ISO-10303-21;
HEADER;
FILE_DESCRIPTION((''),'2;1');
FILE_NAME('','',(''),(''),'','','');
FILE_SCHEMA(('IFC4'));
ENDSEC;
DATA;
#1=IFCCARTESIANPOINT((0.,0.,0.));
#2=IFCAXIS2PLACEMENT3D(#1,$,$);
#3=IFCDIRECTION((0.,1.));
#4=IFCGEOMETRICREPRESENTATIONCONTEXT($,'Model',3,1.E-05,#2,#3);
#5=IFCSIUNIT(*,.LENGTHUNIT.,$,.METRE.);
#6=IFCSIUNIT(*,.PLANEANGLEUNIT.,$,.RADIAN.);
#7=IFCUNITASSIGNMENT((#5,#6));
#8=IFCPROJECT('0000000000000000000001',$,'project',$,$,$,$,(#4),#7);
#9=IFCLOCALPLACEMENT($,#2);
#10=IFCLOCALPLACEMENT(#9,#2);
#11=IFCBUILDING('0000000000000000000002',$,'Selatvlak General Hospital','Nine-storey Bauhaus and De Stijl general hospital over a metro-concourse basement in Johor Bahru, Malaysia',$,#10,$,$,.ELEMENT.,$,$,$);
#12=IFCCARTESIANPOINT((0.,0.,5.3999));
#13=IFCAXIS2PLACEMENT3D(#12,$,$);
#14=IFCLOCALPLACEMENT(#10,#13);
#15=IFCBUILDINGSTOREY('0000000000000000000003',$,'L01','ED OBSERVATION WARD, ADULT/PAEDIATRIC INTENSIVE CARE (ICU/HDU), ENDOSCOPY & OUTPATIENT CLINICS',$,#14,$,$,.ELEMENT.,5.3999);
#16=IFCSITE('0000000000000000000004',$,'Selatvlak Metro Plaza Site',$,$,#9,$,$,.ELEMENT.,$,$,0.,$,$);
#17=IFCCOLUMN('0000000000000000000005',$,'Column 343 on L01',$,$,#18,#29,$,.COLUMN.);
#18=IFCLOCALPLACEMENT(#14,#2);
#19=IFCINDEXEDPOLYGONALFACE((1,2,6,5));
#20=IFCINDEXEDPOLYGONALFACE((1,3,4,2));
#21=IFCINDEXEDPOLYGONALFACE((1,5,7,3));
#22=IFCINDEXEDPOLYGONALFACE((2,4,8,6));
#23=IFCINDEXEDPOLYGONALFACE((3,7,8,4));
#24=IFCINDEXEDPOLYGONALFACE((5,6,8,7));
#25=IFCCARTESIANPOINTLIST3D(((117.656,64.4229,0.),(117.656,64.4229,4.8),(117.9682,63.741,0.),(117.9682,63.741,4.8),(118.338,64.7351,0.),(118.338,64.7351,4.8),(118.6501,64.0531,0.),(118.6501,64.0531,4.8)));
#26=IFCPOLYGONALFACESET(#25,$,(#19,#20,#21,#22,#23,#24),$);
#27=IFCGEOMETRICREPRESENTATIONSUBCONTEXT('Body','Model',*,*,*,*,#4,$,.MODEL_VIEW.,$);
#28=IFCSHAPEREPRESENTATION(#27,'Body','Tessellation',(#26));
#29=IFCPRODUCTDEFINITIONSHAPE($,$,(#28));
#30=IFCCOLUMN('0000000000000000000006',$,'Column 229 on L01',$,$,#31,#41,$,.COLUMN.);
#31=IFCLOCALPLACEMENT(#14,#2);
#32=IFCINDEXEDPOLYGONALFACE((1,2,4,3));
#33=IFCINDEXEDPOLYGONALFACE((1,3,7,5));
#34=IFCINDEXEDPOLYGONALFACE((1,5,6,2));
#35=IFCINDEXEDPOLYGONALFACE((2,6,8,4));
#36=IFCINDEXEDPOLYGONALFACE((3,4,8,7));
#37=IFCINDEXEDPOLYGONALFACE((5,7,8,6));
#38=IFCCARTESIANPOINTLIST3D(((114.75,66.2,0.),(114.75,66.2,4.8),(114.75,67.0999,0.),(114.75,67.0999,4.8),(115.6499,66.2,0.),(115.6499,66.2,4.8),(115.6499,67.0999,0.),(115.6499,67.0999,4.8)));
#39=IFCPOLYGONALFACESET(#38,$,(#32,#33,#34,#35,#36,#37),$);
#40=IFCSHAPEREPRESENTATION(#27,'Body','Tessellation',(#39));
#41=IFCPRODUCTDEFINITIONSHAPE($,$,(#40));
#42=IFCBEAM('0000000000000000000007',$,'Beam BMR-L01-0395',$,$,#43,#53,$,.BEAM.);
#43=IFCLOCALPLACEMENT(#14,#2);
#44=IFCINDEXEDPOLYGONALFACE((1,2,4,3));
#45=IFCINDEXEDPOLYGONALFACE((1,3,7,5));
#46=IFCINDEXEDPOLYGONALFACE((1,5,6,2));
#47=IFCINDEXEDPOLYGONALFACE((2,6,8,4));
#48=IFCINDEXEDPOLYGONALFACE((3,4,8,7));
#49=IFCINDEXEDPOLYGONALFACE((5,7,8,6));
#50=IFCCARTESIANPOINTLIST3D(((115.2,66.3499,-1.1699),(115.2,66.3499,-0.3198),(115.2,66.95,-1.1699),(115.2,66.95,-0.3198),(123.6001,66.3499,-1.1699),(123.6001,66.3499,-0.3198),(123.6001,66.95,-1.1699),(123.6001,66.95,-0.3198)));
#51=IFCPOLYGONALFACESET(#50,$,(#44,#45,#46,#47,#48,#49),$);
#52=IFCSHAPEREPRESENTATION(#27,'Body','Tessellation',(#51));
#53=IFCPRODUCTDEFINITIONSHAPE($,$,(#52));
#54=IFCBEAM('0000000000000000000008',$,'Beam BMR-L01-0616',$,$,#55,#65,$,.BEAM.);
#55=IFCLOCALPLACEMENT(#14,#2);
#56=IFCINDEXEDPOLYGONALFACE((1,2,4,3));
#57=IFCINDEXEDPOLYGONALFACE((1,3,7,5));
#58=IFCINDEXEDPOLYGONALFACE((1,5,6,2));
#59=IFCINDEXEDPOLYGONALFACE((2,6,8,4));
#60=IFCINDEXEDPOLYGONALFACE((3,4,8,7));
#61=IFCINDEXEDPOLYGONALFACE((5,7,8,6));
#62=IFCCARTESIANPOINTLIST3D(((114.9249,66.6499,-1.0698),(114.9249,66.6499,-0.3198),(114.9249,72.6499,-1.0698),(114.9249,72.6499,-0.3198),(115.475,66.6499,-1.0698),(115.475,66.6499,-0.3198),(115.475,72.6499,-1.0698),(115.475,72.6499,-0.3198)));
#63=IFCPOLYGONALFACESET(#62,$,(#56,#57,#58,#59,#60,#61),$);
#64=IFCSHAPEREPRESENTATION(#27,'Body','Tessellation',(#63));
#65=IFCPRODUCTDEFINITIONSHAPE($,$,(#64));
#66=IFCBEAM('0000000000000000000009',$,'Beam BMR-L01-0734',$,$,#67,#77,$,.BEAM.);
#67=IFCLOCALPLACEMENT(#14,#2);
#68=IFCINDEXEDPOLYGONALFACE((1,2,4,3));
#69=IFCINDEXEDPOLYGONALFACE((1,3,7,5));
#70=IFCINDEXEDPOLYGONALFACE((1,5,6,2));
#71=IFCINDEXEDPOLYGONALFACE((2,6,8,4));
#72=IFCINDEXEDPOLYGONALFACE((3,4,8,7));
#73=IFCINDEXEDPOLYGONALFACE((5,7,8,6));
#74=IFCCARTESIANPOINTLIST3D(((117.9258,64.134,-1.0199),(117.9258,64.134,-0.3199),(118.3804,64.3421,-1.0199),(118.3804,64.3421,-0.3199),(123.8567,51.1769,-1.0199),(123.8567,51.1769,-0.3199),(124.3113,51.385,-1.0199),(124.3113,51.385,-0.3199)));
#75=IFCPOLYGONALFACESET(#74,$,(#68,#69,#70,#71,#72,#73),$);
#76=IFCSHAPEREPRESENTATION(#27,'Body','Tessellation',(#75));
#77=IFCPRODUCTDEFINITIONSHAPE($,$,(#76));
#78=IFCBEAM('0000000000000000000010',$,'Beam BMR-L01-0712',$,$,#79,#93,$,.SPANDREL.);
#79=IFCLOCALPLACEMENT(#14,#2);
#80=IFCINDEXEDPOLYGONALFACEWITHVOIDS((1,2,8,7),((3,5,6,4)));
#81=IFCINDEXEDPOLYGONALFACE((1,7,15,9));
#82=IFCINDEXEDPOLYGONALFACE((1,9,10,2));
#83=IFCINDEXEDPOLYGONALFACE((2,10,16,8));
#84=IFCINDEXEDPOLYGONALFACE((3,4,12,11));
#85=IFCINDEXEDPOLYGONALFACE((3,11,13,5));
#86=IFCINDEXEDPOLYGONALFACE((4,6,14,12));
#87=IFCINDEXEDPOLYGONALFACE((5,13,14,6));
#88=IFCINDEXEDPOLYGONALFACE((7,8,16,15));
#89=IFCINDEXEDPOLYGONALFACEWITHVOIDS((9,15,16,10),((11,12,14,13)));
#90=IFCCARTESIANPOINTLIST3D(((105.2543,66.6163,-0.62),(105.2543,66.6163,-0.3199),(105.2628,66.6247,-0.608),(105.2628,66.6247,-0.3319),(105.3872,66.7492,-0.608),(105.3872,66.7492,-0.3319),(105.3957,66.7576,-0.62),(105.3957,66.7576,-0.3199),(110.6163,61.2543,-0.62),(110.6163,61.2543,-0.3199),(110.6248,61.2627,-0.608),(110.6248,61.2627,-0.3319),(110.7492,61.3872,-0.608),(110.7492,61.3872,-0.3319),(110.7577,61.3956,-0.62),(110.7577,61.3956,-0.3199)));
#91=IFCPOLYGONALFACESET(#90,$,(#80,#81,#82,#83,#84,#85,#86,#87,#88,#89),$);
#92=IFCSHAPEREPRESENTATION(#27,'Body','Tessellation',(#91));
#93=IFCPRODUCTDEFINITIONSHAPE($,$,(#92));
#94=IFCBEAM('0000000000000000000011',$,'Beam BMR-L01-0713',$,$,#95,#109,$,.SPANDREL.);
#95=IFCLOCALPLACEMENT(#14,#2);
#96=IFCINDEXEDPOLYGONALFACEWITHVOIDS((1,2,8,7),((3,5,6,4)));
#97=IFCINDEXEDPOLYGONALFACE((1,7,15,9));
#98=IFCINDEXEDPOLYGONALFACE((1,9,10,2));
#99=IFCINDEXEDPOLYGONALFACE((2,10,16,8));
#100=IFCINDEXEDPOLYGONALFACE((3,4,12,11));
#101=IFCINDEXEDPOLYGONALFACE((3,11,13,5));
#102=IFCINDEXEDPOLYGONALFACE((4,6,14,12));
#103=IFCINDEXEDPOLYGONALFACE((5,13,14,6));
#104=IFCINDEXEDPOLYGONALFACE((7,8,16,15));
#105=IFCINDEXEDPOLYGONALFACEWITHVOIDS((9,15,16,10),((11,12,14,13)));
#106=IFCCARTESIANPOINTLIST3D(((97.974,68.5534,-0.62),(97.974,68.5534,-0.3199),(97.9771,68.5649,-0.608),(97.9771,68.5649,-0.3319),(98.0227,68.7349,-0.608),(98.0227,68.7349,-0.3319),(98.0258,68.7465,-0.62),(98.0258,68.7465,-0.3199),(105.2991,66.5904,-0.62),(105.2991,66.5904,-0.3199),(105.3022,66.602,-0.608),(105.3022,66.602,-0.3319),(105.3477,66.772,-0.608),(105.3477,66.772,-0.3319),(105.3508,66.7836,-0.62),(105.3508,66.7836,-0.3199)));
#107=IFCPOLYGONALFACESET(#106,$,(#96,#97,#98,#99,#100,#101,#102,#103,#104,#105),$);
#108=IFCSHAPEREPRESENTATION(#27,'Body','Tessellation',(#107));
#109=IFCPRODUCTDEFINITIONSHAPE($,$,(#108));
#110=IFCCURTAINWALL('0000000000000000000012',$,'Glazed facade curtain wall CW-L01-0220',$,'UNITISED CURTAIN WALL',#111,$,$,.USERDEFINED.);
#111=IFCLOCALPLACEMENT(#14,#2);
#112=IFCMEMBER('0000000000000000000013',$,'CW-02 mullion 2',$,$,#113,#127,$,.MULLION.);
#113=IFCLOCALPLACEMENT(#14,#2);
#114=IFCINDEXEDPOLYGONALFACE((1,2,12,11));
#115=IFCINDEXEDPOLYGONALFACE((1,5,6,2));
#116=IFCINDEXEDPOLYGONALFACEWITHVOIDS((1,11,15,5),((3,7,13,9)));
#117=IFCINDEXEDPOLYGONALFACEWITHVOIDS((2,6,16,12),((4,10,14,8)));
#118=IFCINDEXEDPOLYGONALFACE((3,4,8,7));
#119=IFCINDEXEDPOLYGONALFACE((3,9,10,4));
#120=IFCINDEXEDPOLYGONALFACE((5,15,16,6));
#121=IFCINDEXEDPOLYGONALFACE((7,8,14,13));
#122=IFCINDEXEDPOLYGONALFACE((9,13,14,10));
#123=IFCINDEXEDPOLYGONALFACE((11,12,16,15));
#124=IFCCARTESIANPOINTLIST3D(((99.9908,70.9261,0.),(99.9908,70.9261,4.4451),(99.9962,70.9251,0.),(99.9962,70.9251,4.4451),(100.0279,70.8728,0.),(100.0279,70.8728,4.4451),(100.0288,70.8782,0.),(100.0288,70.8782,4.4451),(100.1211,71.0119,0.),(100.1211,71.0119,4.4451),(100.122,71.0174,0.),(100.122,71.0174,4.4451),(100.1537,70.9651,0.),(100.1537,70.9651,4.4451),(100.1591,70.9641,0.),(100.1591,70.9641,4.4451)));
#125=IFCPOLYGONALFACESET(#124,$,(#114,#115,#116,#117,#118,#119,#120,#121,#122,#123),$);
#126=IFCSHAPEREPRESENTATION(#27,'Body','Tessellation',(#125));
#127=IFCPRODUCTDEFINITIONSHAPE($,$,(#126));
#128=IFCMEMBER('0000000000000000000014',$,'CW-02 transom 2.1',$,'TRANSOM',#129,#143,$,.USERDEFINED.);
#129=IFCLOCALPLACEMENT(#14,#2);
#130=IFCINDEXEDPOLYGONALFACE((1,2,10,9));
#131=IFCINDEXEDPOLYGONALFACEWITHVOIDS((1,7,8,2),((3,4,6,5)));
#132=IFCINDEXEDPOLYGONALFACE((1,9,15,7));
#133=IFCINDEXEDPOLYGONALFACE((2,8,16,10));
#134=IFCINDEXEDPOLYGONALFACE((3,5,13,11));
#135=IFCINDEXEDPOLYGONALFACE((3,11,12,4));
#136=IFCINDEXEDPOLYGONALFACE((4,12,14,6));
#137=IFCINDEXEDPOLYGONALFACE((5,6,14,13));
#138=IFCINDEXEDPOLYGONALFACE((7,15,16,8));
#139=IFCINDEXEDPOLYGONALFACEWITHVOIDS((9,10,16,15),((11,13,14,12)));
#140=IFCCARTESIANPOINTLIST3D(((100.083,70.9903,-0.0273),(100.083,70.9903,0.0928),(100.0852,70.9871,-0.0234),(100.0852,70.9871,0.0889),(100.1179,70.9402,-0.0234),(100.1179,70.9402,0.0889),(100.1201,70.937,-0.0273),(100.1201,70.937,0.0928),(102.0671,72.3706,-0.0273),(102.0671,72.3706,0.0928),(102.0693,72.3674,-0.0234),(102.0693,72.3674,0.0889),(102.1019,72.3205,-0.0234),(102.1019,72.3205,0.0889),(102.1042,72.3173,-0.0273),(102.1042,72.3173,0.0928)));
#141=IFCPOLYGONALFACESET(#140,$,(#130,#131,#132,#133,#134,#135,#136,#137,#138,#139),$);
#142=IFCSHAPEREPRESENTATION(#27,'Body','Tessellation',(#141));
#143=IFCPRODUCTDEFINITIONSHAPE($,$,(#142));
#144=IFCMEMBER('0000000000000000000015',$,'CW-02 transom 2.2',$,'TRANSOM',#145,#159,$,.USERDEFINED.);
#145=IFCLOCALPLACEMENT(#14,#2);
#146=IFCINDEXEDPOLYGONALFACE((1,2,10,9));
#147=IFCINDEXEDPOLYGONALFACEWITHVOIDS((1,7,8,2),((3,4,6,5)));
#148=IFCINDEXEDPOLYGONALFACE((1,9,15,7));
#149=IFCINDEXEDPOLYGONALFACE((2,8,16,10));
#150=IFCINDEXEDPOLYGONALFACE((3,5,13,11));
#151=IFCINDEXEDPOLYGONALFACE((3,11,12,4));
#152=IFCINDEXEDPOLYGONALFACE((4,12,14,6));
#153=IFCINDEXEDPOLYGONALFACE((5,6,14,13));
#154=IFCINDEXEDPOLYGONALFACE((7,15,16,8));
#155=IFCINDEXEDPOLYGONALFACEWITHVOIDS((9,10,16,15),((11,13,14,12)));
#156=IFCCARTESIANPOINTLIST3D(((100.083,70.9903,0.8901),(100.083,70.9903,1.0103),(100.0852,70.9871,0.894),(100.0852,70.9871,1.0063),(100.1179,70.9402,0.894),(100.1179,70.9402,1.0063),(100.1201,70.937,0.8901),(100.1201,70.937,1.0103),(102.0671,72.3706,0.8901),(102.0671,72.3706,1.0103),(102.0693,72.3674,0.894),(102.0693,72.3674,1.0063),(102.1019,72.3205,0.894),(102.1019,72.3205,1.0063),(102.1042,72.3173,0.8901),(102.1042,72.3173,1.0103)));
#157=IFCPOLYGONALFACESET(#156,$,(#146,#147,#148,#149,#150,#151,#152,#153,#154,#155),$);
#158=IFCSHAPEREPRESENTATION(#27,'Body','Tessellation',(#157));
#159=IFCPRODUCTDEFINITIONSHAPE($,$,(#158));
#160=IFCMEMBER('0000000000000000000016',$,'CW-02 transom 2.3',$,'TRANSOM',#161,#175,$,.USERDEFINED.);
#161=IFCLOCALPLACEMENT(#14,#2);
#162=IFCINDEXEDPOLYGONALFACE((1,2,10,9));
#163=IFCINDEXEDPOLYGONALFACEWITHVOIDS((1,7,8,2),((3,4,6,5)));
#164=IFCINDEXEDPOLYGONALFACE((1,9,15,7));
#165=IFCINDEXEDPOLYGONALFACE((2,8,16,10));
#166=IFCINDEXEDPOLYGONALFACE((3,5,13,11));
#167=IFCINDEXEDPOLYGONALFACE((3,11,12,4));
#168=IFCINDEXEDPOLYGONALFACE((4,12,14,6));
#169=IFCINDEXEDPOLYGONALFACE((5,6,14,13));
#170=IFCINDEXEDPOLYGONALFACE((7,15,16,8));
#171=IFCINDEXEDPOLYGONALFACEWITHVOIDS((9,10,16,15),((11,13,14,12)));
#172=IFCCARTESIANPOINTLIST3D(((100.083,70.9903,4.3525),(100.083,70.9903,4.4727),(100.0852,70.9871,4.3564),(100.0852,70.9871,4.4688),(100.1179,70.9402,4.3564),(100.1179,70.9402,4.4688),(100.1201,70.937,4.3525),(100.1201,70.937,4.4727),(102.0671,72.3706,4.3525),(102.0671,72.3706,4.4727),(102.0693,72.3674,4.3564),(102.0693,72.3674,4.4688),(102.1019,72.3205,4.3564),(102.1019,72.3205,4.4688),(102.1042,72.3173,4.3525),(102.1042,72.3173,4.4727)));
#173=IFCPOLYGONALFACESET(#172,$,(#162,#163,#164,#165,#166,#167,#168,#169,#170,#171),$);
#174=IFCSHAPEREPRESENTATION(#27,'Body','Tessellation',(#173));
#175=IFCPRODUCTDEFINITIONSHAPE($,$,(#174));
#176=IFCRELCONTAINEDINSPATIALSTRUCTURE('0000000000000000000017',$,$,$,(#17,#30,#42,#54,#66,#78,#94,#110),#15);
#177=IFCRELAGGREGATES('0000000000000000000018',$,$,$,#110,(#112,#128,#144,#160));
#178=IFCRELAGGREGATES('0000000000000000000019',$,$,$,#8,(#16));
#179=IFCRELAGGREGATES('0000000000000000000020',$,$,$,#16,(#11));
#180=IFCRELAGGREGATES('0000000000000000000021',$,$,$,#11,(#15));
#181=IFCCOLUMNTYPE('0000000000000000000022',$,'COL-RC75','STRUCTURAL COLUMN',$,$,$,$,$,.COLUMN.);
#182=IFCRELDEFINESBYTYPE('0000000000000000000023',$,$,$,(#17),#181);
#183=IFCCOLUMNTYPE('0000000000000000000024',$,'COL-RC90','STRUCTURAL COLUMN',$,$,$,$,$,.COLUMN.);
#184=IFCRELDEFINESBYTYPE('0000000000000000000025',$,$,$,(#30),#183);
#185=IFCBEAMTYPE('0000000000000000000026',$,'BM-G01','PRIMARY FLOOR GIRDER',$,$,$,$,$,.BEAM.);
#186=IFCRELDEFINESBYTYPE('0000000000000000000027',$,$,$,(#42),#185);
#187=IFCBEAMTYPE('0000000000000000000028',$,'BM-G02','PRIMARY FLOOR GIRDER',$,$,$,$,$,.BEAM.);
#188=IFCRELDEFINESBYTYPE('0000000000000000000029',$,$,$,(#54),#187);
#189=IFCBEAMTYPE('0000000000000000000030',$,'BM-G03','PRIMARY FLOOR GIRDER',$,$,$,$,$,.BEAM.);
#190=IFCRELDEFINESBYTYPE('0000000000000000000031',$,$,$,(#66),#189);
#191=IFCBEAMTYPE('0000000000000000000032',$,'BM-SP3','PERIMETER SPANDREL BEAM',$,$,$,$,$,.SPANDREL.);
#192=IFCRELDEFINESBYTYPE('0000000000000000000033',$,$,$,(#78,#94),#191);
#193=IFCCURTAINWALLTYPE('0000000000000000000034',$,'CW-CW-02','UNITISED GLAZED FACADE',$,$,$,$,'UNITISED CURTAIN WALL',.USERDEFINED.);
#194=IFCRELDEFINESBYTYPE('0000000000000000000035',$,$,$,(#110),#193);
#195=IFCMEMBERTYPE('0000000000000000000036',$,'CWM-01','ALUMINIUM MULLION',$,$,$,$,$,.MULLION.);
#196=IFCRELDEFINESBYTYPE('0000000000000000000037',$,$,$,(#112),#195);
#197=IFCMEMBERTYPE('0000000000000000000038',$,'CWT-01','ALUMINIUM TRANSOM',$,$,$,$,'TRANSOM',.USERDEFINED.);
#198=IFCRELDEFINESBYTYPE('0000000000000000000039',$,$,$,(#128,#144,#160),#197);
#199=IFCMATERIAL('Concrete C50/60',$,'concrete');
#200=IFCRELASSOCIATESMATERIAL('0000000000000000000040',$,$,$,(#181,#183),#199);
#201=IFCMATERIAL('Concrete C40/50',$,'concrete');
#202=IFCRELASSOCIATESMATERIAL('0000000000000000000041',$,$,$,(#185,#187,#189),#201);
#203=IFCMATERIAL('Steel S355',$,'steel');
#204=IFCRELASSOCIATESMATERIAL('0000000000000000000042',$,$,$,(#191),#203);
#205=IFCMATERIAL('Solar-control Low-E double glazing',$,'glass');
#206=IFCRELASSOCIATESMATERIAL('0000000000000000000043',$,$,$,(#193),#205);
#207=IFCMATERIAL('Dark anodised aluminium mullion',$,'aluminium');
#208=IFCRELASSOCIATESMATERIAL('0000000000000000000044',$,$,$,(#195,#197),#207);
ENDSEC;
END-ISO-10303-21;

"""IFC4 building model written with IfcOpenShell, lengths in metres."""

from ifc_helpers import new_model, si_unit, direction, frame, origin, origin_2d, place, context, subcontext, project, spatial, rectangle, hollow_rectangle, extrude, material, material_profile, profile_set, type_object, element, aggregate, save


model = new_model("IFC4")

# Units and contexts
model_context = context("Model", 3, precision=1e-05, world=origin(), true_north=direction((0.0, 1.0)))
body_context = subcontext(model_context, "Body", "Model", "MODEL_VIEW")
ifc_project = project(units=[si_unit("LENGTHUNIT", "METRE"), si_unit("PLANEANGLEUNIT", "RADIAN")], contexts=[model_context])

# Site, building, storey
site_placement = place(None, origin())
site = spatial("IfcSite", under=ifc_project, at=site_placement, Name="Selatvlak Metro Plaza Site", CompositionType="ELEMENT", RefElevation=0.0)
building_placement = place(site_placement, origin())
building = spatial("IfcBuilding", under=site, at=building_placement, Name="Selatvlak General Hospital", Description="Nine-storey Bauhaus and De Stijl general hospital over a metro-concourse basement in Johor Bahru, Malaysia", CompositionType="ELEMENT")
storey_placement = place(building_placement, frame((0.0, 0.0, 5.3999)))
storey = spatial("IfcBuildingStorey", under=building, at=storey_placement, Name="L01", Description="ED OBSERVATION WARD, ADULT/PAEDIATRIC INTENSIVE CARE (ICU/HDU), ENDOSCOPY & OUTPATIENT CLINICS", CompositionType="ELEMENT", Elevation=5.3999)

# Columns
ifc_material_1 = material(Name="Concrete C50/60", Category="concrete")
ifc_material_profile_1 = material_profile(ifc_material_1, rectangle(XDim=0.75, YDim=0.75, at=origin_2d()), Name="RC-COL 750x750")
ifc_profile_set_1 = profile_set([ifc_material_profile_1], Name="Concrete C50/60")
column_type_1 = type_object("IfcColumnType", Name="COL-RC75", Description="STRUCTURAL COLUMN", PredefinedType="COLUMN", material=ifc_profile_set_1)
column_1_placement = place(storey_placement, frame((118.1531, 64.238, 0.0), z_axis=(0.0, 0.0, 1.0), x_axis=(-0.416201, 0.909272, 0.0)))
element("IfcColumn", 1, at=column_1_placement, inside=storey, type_object=column_type_1, Name="Column 343 on L01", PredefinedType="COLUMN", context=body_context, shape_type="SweptSolid", body=[
    extrude(rectangle(XDim=0.75, YDim=0.75, at=origin_2d()), origin(), (0.0, 0.0, 1.0), 4.8),
])
ifc_material_profile_2 = material_profile(ifc_material_1, rectangle(XDim=0.8999, YDim=0.8999, at=origin_2d()), Name="RC-COL 900x900")
ifc_profile_set_2 = profile_set([ifc_material_profile_2], Name="Concrete C50/60")
column_type_2 = type_object("IfcColumnType", Name="COL-RC90", Description="STRUCTURAL COLUMN", PredefinedType="COLUMN", material=ifc_profile_set_2)
column_2_placement = place(storey_placement, frame((115.2, 66.6499, 0.0), z_axis=(0.0, 0.0, 1.0), x_axis=(1.0, 0.0, 0.0)))
element("IfcColumn", 2, at=column_2_placement, inside=storey, type_object=column_type_2, Name="Column 229 on L01", PredefinedType="COLUMN", context=body_context, shape_type="SweptSolid", body=[
    extrude(rectangle(XDim=0.8999, YDim=0.8999, at=origin_2d()), origin(), (0.0, 0.0, 1.0), 4.8),
])

# Beams
ifc_material_2 = material(Name="Concrete C40/50", Category="concrete")
ifc_material_profile_3 = material_profile(ifc_material_2, rectangle(XDim=0.6001, YDim=0.8501, at=origin_2d()), Name="RC-BM 600x850")
ifc_profile_set_3 = profile_set([ifc_material_profile_3], Name="Concrete C40/50")
beam_type_1 = type_object("IfcBeamType", Name="BM-G01", Description="PRIMARY FLOOR GIRDER", PredefinedType="BEAM", material=ifc_profile_set_3)
beam_1_placement = place(storey_placement, frame((115.2, 66.6499, -0.7449), z_axis=(1.0, 0.0, 0.0), x_axis=(0.0, 1.0, 0.0)))
element("IfcBeam", 3, at=beam_1_placement, inside=storey, type_object=beam_type_1, Name="Beam BMR-L01-0395", PredefinedType="BEAM", context=body_context, shape_type="SweptSolid", body=[
    extrude(rectangle(XDim=0.6001, YDim=0.8501, at=origin_2d()), origin(), (0.0, 0.0, 1.0), 8.4001),
])
ifc_material_profile_4 = material_profile(ifc_material_2, rectangle(XDim=0.55, YDim=0.75, at=origin_2d()), Name="RC-BM 550x750")
ifc_profile_set_4 = profile_set([ifc_material_profile_4], Name="Concrete C40/50")
beam_type_2 = type_object("IfcBeamType", Name="BM-G02", Description="PRIMARY FLOOR GIRDER", PredefinedType="BEAM", material=ifc_profile_set_4)
beam_2_placement = place(storey_placement, frame((115.2, 66.6499, -0.6948), z_axis=(0.0, 1.0, 0.0), x_axis=(-1.0, 0.0, 0.0)))
element("IfcBeam", 4, at=beam_2_placement, inside=storey, type_object=beam_type_2, Name="Beam BMR-L01-0616", PredefinedType="BEAM", context=body_context, shape_type="SweptSolid", body=[
    extrude(rectangle(XDim=0.55, YDim=0.75, at=origin_2d()), origin(), (0.0, 0.0, 1.0), 6.0),
])
ifc_material_profile_5 = material_profile(ifc_material_2, rectangle(XDim=0.5, YDim=0.7, at=origin_2d()), Name="RC-BM 500x700")
ifc_profile_set_5 = profile_set([ifc_material_profile_5], Name="Concrete C40/50")
beam_type_3 = type_object("IfcBeamType", Name="BM-G03", Description="PRIMARY FLOOR GIRDER", PredefinedType="BEAM", material=ifc_profile_set_5)
beam_3_placement = place(storey_placement, frame((118.1531, 64.238, -0.6699), z_axis=(0.416206, -0.90927, 0.0), x_axis=(0.90927, 0.416206, 0.0)))
element("IfcBeam", 5, at=beam_3_placement, inside=storey, type_object=beam_type_3, Name="Beam BMR-L01-0734", PredefinedType="BEAM", context=body_context, shape_type="SweptSolid", body=[
    extrude(rectangle(XDim=0.5, YDim=0.7, at=origin_2d()), origin(), (0.0, 0.0, 1.0), 14.25),
])
ifc_material_3 = material(Name="Steel S355", Category="steel")
ifc_material_profile_6 = material_profile(ifc_material_3, hollow_rectangle(XDim=0.2, YDim=0.3, WallThickness=0.012, at=origin_2d()), Name="RHS 300x200x12")
ifc_profile_set_6 = profile_set([ifc_material_profile_6], Name="Steel S355")
beam_type_4 = type_object("IfcBeamType", Name="BM-SP3", Description="PERIMETER SPANDREL BEAM", PredefinedType="SPANDREL", material=ifc_profile_set_6)
beam_4_placement = place(storey_placement, frame((110.687, 61.325, -0.47), z_axis=(-0.707107, 0.707107, 0.0), x_axis=(-0.707107, -0.707107, 0.0)))
element("IfcBeam", 6, at=beam_4_placement, inside=storey, type_object=beam_type_4, Name="Beam BMR-L01-0712", PredefinedType="SPANDREL", context=body_context, shape_type="SweptSolid", body=[
    extrude(hollow_rectangle(XDim=0.2, YDim=0.3, WallThickness=0.012, at=origin_2d()), origin(), (0.0, 0.0, 1.0), 7.583),
])
beam_5_placement = place(storey_placement, frame((105.325, 66.687, -0.47), z_axis=(-0.96592, 0.258841, 0.0), x_axis=(-0.258841, -0.96592, 0.0)))
element("IfcBeam", 7, at=beam_5_placement, inside=storey, type_object=beam_type_4, Name="Beam BMR-L01-0713", PredefinedType="SPANDREL", context=body_context, shape_type="SweptSolid", body=[
    extrude(hollow_rectangle(XDim=0.2, YDim=0.3, WallThickness=0.012, at=origin_2d()), origin(), (0.0, 0.0, 1.0), 7.5835),
])

# Curtain wall, members
ifc_material_4 = material(Name="Solar-control Low-E double glazing", Category="glass")
curtain_wall_type = type_object("IfcCurtainWallType", Name="CW-CW-02", Description="UNITISED GLAZED FACADE", ElementType="UNITISED CURTAIN WALL", PredefinedType="USERDEFINED", material=ifc_material_4)
curtain_wall_placement = place(storey_placement, origin())
curtain_wall = element("IfcCurtainWall", 8, at=curtain_wall_placement, inside=storey, type_object=curtain_wall_type, Name="Glazed facade curtain wall CW-L01-0220", ObjectType="UNITISED CURTAIN WALL", PredefinedType="USERDEFINED")
ifc_material_5 = material(Name="Dark anodised aluminium mullion", Category="aluminium")
ifc_material_profile_7 = material_profile(ifc_material_5, hollow_rectangle(XDim=0.0649, YDim=0.1599, WallThickness=0.0039, at=origin_2d()), Name="AL-MUL 65x160x4")
ifc_profile_set_7 = profile_set([ifc_material_profile_7], Name="Dark anodised aluminium mullion")
member_type_1 = type_object("IfcMemberType", Name="CWM-01", Description="ALUMINIUM MULLION", PredefinedType="MULLION", material=ifc_profile_set_7)
member_1_placement = place(storey_placement, frame((100.075, 70.9451, 0.0), z_axis=(0.0, 0.0, 1.0), x_axis=(-0.571111, 0.820873, 0.0)))
member_1 = element("IfcMember", 9, at=member_1_placement, type_object=member_type_1, Name="CW-02 mullion 2", PredefinedType="MULLION", context=body_context, shape_type="SweptSolid", body=[
    extrude(hollow_rectangle(XDim=0.0649, YDim=0.1599, WallThickness=0.0039, at=origin_2d()), origin(), (0.0, 0.0, 1.0), 4.4451),
])
ifc_material_profile_8 = material_profile(ifc_material_5, hollow_rectangle(XDim=0.0649, YDim=0.1201, WallThickness=0.0039, at=origin_2d()), Name="AL-TRN 65x120x4")
ifc_profile_set_8 = profile_set([ifc_material_profile_8], Name="Dark anodised aluminium mullion")
member_type_2 = type_object("IfcMemberType", Name="CWT-01", Description="ALUMINIUM TRANSOM", ElementType="TRANSOM", PredefinedType="USERDEFINED", material=ifc_profile_set_8)
member_2_placement = place(storey_placement, frame((100.1016, 70.9636, 0.0327), z_axis=(0.820885, 0.571094, 0.0), x_axis=(-0.571094, 0.820885, 0.0)))
member_2 = element("IfcMember", 10, at=member_2_placement, type_object=member_type_2, Name="CW-02 transom 2.1", ObjectType="TRANSOM", PredefinedType="USERDEFINED", context=body_context, shape_type="SweptSolid", body=[
    extrude(hollow_rectangle(XDim=0.0649, YDim=0.1201, WallThickness=0.0039, at=origin_2d()), origin(), (0.0, 0.0, 1.0), 2.417),
])
member_3_placement = place(storey_placement, frame((100.1016, 70.9636, 0.9502), z_axis=(0.820885, 0.571094, 0.0), x_axis=(-0.571094, 0.820885, 0.0)))
member_3 = element("IfcMember", 11, at=member_3_placement, type_object=member_type_2, Name="CW-02 transom 2.2", ObjectType="TRANSOM", PredefinedType="USERDEFINED", context=body_context, shape_type="SweptSolid", body=[
    extrude(hollow_rectangle(XDim=0.0649, YDim=0.1201, WallThickness=0.0039, at=origin_2d()), origin(), (0.0, 0.0, 1.0), 2.417),
])
member_4_placement = place(storey_placement, frame((100.1016, 70.9636, 4.4126), z_axis=(0.820885, 0.571094, 0.0), x_axis=(-0.571094, 0.820885, 0.0)))
member_4 = element("IfcMember", 12, at=member_4_placement, type_object=member_type_2, Name="CW-02 transom 2.3", ObjectType="TRANSOM", PredefinedType="USERDEFINED", context=body_context, shape_type="SweptSolid", body=[
    extrude(hollow_rectangle(XDim=0.0649, YDim=0.1201, WallThickness=0.0039, at=origin_2d()), origin(), (0.0, 0.0, 1.0), 2.417),
])
aggregate(curtain_wall, [member_1, member_2, member_3, member_4])

save(model, "model.ifc")
